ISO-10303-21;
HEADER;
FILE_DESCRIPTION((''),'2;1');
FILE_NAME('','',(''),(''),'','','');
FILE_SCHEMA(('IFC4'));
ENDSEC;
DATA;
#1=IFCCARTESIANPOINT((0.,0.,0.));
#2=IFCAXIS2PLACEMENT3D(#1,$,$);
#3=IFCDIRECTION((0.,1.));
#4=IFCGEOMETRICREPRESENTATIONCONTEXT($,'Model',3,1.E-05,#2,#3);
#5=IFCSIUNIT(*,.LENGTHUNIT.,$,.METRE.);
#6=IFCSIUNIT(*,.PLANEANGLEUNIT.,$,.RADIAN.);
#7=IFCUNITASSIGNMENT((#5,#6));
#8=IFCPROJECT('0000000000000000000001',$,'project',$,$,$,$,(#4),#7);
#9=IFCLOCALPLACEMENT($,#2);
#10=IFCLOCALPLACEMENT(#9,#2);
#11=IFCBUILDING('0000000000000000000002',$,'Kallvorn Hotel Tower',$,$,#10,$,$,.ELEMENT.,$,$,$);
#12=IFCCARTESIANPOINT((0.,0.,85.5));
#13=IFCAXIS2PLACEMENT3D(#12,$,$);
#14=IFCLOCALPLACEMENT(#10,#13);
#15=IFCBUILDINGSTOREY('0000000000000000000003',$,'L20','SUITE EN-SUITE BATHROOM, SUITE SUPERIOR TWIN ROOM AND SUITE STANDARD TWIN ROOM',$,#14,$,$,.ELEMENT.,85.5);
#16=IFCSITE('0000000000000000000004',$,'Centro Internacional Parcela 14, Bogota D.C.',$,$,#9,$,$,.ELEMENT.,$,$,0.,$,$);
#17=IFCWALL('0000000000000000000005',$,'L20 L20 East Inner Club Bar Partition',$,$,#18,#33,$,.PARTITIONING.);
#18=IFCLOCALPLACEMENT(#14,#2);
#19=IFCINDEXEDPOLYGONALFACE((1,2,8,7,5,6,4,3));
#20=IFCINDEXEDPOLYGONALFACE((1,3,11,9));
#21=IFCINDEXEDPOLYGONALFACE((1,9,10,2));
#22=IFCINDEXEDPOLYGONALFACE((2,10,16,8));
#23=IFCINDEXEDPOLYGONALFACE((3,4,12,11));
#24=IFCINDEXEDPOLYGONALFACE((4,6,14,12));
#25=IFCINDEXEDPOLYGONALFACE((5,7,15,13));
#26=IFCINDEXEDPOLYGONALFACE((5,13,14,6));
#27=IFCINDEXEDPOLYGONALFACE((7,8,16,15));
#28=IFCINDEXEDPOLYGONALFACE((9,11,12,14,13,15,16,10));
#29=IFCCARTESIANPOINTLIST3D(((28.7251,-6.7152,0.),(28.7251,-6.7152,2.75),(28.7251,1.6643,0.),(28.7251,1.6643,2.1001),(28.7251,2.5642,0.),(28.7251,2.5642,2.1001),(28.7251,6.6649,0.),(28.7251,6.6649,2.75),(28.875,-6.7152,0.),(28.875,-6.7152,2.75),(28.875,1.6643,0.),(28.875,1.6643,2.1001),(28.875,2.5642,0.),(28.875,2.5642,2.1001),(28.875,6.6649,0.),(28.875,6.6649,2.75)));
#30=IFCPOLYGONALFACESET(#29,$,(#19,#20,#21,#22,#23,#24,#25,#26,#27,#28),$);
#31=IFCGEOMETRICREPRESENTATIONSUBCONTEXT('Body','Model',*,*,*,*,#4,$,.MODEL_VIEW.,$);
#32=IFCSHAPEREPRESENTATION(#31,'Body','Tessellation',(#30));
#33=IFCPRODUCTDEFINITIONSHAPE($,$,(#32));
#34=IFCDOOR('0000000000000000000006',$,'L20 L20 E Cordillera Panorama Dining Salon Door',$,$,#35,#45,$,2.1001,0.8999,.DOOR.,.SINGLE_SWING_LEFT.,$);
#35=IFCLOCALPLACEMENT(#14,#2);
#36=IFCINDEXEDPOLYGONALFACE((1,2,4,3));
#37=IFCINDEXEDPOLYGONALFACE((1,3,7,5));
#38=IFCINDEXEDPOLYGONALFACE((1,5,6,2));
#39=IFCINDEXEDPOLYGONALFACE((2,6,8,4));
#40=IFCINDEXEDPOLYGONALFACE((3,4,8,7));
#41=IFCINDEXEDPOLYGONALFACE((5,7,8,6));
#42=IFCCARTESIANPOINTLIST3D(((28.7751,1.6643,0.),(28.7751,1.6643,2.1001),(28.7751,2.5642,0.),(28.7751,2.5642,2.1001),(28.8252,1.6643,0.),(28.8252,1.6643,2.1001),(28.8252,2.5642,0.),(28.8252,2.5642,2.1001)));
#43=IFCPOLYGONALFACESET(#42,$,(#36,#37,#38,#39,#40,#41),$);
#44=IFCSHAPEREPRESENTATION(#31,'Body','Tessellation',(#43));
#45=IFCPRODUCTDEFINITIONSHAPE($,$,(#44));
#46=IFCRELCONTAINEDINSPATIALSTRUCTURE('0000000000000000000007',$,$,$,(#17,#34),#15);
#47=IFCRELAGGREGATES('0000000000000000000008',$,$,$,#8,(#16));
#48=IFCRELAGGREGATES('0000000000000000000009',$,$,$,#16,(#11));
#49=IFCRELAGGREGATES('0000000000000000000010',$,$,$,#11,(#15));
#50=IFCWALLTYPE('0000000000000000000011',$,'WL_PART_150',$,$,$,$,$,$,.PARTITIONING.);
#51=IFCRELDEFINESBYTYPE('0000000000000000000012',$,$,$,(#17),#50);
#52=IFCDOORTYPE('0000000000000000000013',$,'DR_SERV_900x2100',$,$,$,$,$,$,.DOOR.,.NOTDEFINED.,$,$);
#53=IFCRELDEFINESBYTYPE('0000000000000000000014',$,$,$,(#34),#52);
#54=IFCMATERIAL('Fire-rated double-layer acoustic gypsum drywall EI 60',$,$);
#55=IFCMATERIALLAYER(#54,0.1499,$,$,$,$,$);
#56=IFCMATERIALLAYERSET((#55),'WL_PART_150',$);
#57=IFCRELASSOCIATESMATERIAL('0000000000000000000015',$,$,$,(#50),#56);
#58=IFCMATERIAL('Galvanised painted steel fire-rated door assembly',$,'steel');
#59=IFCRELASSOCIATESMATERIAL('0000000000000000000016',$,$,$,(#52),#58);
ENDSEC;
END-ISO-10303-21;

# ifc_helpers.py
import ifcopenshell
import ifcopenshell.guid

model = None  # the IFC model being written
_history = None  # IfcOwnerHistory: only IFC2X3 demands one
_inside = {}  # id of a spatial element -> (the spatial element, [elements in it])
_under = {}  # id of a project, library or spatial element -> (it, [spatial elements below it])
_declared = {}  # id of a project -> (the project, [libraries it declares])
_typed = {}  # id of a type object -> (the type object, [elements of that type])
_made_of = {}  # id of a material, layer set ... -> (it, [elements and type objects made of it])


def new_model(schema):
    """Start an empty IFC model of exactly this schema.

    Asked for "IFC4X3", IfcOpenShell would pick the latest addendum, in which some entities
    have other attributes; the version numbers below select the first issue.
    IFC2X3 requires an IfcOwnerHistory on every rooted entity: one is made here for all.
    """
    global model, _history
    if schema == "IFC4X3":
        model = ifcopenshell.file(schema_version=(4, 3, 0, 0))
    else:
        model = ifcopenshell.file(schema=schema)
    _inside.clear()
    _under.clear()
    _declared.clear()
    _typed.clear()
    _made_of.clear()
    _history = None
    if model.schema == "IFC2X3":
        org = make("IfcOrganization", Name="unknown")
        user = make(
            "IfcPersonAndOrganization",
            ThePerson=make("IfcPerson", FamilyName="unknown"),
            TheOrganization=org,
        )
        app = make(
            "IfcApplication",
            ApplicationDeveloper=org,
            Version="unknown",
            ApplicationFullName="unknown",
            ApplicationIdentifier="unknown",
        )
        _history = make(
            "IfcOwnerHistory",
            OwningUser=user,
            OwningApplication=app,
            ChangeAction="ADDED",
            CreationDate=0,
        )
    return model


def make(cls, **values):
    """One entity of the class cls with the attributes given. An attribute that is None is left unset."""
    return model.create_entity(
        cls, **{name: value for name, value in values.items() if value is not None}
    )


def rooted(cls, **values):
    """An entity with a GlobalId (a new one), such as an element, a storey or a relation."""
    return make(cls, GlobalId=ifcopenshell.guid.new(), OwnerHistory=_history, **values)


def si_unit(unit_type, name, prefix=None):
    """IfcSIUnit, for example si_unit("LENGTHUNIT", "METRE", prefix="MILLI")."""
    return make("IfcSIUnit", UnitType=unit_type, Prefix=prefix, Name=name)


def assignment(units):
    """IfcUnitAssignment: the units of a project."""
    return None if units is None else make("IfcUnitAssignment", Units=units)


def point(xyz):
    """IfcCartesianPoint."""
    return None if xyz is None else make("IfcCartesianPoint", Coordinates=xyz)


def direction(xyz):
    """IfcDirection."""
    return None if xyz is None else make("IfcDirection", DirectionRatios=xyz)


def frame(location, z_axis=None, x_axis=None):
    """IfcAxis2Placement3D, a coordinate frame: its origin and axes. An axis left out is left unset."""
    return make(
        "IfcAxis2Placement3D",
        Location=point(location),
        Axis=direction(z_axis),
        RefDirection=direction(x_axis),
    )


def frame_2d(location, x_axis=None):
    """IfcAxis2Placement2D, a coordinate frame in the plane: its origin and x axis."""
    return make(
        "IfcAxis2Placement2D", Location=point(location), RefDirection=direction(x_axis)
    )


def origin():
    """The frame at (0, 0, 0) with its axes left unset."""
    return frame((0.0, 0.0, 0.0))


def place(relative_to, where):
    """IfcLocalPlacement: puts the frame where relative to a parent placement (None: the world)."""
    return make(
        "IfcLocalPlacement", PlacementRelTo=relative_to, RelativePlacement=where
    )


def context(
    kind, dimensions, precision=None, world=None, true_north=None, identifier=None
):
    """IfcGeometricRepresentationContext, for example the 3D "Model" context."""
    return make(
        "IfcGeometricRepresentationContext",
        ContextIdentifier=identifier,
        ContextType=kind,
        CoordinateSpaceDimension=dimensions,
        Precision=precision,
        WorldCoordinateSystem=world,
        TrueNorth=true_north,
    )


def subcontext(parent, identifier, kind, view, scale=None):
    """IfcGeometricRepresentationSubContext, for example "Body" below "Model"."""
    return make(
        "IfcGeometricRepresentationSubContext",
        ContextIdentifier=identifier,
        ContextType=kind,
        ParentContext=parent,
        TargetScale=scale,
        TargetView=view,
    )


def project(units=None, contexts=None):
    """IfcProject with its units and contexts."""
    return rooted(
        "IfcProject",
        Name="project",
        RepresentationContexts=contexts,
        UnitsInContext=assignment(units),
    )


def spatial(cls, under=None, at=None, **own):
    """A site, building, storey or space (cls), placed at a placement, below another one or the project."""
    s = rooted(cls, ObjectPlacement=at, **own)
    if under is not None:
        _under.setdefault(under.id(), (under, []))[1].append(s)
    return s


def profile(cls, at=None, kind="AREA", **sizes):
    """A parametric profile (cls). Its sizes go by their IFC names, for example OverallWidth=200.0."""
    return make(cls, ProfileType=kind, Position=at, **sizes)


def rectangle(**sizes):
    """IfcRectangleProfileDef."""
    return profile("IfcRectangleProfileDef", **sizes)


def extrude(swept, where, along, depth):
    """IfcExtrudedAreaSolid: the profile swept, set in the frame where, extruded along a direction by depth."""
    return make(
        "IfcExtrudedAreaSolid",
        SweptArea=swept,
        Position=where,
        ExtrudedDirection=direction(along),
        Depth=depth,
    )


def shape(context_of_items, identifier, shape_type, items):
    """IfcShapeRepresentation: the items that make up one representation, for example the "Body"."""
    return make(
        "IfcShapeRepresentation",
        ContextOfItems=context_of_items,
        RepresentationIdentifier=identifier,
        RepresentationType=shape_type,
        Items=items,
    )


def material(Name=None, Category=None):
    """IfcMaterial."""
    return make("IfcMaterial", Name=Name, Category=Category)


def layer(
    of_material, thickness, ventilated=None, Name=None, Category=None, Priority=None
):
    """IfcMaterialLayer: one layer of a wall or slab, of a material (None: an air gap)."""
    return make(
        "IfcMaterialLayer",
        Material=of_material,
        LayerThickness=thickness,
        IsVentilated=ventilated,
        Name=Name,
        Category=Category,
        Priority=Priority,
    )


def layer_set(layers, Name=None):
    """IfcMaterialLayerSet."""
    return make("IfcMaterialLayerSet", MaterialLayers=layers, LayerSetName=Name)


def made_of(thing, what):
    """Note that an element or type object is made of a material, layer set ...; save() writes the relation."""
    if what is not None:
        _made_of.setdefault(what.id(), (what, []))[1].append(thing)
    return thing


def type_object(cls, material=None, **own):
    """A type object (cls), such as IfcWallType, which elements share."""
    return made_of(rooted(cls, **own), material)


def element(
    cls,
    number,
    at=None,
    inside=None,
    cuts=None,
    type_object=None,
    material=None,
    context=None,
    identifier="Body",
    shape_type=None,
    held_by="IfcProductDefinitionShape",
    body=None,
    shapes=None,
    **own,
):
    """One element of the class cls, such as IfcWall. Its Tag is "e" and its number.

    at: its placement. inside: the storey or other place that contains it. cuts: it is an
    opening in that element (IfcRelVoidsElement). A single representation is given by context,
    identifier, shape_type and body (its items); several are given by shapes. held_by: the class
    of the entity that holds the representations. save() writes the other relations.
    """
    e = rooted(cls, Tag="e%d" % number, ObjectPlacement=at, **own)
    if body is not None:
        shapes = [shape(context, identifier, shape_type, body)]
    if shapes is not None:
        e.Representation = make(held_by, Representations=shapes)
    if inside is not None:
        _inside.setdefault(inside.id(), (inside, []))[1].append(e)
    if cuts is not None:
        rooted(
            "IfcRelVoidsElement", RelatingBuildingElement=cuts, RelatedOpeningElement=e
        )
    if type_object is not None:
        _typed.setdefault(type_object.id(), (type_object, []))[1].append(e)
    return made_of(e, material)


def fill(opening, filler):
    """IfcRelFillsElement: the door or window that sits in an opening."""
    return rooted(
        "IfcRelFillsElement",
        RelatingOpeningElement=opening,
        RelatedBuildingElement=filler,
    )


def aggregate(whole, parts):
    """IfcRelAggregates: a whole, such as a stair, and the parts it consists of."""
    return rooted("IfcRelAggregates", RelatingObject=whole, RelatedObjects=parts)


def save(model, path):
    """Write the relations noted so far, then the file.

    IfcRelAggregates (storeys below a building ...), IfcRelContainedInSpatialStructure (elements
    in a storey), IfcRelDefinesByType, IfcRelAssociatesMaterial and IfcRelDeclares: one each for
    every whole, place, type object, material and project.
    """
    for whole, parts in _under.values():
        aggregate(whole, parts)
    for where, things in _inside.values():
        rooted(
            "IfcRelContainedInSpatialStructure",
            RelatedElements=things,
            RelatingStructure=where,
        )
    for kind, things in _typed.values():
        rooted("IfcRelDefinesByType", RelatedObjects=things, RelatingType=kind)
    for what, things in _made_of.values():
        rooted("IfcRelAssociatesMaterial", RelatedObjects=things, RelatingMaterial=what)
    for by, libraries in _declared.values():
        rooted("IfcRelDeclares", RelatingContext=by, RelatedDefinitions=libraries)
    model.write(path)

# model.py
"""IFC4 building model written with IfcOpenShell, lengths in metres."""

from ifc_helpers import new_model, si_unit, direction, frame, frame_2d, origin, place, context, subcontext, project, spatial, rectangle, extrude, material, layer, layer_set, type_object, element, fill, save


model = new_model("IFC4")

# Units and contexts
model_context = context("Model", 3, precision=1e-05, world=origin(), true_north=direction((0.0, 1.0)))
body_context = subcontext(model_context, "Body", "Model", "MODEL_VIEW")
ifc_project = project(units=[si_unit("LENGTHUNIT", "METRE"), si_unit("PLANEANGLEUNIT", "RADIAN")], contexts=[model_context])

# Site, building, storey
site_placement = place(None, origin())
site = spatial("IfcSite", under=ifc_project, at=site_placement, Name="Centro Internacional Parcela 14, Bogota D.C.", CompositionType="ELEMENT", RefElevation=0.0)
building_placement = place(site_placement, origin())
building = spatial("IfcBuilding", under=site, at=building_placement, Name="Kallvorn Hotel Tower", CompositionType="ELEMENT")
storey_placement = place(building_placement, frame((0.0, 0.0, 85.5)))
storey = spatial("IfcBuildingStorey", under=building, at=storey_placement, Name="L20", Description="SUITE EN-SUITE BATHROOM, SUITE SUPERIOR TWIN ROOM AND SUITE STANDARD TWIN ROOM", CompositionType="ELEMENT", Elevation=85.5)

# Shared definitions
ifc_material_1 = material(Name="Fire-rated double-layer acoustic gypsum drywall EI 60")
ifc_layer_1 = layer(ifc_material_1, 0.1499)
ifc_layer_set_1 = layer_set([ifc_layer_1], Name="WL_PART_150")
wall_type_1 = type_object("IfcWallType", Name="WL_PART_150", PredefinedType="PARTITIONING", material=ifc_layer_set_1)

# Wall, opening, door
wall_1_placement = place(storey_placement, frame((28.8, -6.7151, 0.0), z_axis=(0.0, 0.0, 1.0), x_axis=(0.0, 1.0, 0.0)))
wall_1 = element("IfcWall", 1, at=wall_1_placement, inside=storey, type_object=wall_type_1, Name="L20 L20 East Inner Club Bar Partition", PredefinedType="PARTITIONING", context=body_context, shape_type="SweptSolid", body=[
    extrude(rectangle(XDim=13.3801, YDim=0.1499, at=frame_2d((6.6899, 0.0))), origin(), (0.0, 0.0, 1.0), 2.75),
])
opening_1_placement = place(wall_1_placement, frame((8.3794, 0.0, 0.0)))
opening_1 = element("IfcOpeningElement", 2, at=opening_1_placement, cuts=wall_1, PredefinedType="OPENING", context=body_context, shape_type="SweptSolid", body=[
    extrude(rectangle(XDim=0.8999, YDim=2.1001, at=frame_2d((0.45, 1.05))), frame((0.0, 0.0898, 0.0), z_axis=(0.0, -1.0, 0.0), x_axis=(1.0, 0.0, 0.0)), (0.0, 0.0, 1.0), 0.1799),
])
ifc_material_2 = material(Name="Galvanised painted steel fire-rated door assembly", Category="steel")
door_type_1 = type_object("IfcDoorType", Name="DR_SERV_900x2100", OperationType="NOTDEFINED", PredefinedType="DOOR", material=ifc_material_2)
door_1_placement = place(opening_1_placement, origin())
door_1 = element("IfcDoor", 3, at=door_1_placement, inside=storey, type_object=door_type_1, Name="L20 L20 E Cordillera Panorama Dining Salon Door", OperationType="SINGLE_SWING_LEFT", OverallHeight=2.1001, OverallWidth=0.8999, PredefinedType="DOOR", context=body_context, shape_type="SweptSolid", body=[
    extrude(rectangle(XDim=0.8999, YDim=2.1001, at=frame_2d((0.45, 1.05))), frame((0.0, 0.0249, 0.0), z_axis=(0.0, -1.0, 0.0), x_axis=(1.0, 0.0, 0.0)), (0.0, 0.0, 1.0), 0.05),
])
fill(opening_1, door_1)

save(model, "model.ifc")
